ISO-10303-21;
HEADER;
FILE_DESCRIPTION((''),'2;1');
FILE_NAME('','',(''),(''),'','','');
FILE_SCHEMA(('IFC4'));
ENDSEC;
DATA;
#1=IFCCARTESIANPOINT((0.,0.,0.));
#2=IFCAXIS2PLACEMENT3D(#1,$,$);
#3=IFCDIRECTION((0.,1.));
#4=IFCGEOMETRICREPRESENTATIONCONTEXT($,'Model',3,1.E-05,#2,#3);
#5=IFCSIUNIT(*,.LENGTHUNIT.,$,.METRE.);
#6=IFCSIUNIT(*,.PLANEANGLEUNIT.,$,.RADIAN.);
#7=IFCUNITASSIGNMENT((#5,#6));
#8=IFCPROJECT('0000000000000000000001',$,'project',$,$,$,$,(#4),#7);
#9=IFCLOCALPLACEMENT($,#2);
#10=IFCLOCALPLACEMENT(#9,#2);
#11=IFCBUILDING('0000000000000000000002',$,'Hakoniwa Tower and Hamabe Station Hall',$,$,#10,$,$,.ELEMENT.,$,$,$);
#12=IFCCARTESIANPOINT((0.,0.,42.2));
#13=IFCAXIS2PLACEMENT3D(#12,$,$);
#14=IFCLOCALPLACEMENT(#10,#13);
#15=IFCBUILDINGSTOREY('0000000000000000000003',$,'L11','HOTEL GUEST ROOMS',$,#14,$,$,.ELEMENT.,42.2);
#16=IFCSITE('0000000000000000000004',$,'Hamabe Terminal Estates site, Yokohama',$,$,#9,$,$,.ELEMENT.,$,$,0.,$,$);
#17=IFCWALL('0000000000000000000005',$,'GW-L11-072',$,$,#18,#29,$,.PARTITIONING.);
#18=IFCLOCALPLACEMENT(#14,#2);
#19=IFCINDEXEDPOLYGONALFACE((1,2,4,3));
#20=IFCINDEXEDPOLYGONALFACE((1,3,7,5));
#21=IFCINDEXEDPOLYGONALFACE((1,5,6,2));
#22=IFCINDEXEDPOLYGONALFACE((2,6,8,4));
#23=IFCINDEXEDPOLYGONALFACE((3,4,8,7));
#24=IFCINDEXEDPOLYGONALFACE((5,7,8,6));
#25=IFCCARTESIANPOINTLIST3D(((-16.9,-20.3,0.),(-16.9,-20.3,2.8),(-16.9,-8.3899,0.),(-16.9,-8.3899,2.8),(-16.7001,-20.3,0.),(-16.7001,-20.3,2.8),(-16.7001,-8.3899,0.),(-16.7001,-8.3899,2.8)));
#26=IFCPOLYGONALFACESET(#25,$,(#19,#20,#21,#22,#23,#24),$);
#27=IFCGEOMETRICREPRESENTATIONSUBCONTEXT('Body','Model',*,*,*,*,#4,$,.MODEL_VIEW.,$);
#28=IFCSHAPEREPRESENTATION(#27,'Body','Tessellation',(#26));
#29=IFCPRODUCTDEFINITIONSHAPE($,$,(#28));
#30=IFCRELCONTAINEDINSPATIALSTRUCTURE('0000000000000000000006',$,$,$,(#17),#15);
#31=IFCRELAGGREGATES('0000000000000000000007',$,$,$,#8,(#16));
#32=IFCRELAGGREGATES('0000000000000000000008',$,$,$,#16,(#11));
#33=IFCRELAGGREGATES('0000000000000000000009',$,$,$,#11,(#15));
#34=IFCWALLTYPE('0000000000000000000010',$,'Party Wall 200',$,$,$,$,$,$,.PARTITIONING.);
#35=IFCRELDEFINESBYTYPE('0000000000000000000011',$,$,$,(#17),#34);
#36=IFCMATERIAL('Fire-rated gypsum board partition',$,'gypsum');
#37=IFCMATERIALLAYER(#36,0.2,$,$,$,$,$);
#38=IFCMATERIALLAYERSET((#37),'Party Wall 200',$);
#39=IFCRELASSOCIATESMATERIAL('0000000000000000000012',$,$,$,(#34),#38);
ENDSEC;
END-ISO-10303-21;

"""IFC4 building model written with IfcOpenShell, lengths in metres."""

from ifc_helpers import new_model, si_unit, direction, frame, frame_2d, origin, place, context, subcontext, project, spatial, rectangle, extrude, material, layer, layer_set, type_object, element, save


model = new_model("IFC4")

# Units and contexts
model_context = context("Model", 3, precision=1e-05, world=origin(), true_north=direction((0.0, 1.0)))
body_context = subcontext(model_context, "Body", "Model", "MODEL_VIEW")
ifc_project = project(units=[si_unit("LENGTHUNIT", "METRE"), si_unit("PLANEANGLEUNIT", "RADIAN")], contexts=[model_context])

# Site, building, storey
site_placement = place(None, origin())
site = spatial("IfcSite", under=ifc_project, at=site_placement, Name="Hamabe Terminal Estates site, Yokohama", CompositionType="ELEMENT", RefElevation=0.0)
building_placement = place(site_placement, origin())
building = spatial("IfcBuilding", under=site, at=building_placement, Name="Hakoniwa Tower and Hamabe Station Hall", CompositionType="ELEMENT")
storey_placement = place(building_placement, frame((0.0, 0.0, 42.2)))
storey = spatial("IfcBuildingStorey", under=building, at=storey_placement, Name="L11", Description="HOTEL GUEST ROOMS", CompositionType="ELEMENT", Elevation=42.2)

# Wall
ifc_material_1 = material(Name="Fire-rated gypsum board partition", Category="gypsum")
ifc_layer_1 = layer(ifc_material_1, 0.2)
ifc_layer_set_1 = layer_set([ifc_layer_1], Name="Party Wall 200")
wall_type_1 = type_object("IfcWallType", Name="Party Wall 200", PredefinedType="PARTITIONING", material=ifc_layer_set_1)
wall_1_placement = place(storey_placement, frame((-16.8, -20.3, 0.0), z_axis=(0.0, 0.0, 1.0), x_axis=(0.0, 1.0, 0.0)))
element("IfcWall", 1, at=wall_1_placement, inside=storey, type_object=wall_type_1, Name="GW-L11-072", PredefinedType="PARTITIONING", context=body_context, shape_type="SweptSolid", body=[
    extrude(rectangle(XDim=11.9102, YDim=0.2, at=frame_2d((5.9551, 0.0))), origin(), (0.0, 0.0, 1.0), 2.8),
])

save(model, "model.ifc")
